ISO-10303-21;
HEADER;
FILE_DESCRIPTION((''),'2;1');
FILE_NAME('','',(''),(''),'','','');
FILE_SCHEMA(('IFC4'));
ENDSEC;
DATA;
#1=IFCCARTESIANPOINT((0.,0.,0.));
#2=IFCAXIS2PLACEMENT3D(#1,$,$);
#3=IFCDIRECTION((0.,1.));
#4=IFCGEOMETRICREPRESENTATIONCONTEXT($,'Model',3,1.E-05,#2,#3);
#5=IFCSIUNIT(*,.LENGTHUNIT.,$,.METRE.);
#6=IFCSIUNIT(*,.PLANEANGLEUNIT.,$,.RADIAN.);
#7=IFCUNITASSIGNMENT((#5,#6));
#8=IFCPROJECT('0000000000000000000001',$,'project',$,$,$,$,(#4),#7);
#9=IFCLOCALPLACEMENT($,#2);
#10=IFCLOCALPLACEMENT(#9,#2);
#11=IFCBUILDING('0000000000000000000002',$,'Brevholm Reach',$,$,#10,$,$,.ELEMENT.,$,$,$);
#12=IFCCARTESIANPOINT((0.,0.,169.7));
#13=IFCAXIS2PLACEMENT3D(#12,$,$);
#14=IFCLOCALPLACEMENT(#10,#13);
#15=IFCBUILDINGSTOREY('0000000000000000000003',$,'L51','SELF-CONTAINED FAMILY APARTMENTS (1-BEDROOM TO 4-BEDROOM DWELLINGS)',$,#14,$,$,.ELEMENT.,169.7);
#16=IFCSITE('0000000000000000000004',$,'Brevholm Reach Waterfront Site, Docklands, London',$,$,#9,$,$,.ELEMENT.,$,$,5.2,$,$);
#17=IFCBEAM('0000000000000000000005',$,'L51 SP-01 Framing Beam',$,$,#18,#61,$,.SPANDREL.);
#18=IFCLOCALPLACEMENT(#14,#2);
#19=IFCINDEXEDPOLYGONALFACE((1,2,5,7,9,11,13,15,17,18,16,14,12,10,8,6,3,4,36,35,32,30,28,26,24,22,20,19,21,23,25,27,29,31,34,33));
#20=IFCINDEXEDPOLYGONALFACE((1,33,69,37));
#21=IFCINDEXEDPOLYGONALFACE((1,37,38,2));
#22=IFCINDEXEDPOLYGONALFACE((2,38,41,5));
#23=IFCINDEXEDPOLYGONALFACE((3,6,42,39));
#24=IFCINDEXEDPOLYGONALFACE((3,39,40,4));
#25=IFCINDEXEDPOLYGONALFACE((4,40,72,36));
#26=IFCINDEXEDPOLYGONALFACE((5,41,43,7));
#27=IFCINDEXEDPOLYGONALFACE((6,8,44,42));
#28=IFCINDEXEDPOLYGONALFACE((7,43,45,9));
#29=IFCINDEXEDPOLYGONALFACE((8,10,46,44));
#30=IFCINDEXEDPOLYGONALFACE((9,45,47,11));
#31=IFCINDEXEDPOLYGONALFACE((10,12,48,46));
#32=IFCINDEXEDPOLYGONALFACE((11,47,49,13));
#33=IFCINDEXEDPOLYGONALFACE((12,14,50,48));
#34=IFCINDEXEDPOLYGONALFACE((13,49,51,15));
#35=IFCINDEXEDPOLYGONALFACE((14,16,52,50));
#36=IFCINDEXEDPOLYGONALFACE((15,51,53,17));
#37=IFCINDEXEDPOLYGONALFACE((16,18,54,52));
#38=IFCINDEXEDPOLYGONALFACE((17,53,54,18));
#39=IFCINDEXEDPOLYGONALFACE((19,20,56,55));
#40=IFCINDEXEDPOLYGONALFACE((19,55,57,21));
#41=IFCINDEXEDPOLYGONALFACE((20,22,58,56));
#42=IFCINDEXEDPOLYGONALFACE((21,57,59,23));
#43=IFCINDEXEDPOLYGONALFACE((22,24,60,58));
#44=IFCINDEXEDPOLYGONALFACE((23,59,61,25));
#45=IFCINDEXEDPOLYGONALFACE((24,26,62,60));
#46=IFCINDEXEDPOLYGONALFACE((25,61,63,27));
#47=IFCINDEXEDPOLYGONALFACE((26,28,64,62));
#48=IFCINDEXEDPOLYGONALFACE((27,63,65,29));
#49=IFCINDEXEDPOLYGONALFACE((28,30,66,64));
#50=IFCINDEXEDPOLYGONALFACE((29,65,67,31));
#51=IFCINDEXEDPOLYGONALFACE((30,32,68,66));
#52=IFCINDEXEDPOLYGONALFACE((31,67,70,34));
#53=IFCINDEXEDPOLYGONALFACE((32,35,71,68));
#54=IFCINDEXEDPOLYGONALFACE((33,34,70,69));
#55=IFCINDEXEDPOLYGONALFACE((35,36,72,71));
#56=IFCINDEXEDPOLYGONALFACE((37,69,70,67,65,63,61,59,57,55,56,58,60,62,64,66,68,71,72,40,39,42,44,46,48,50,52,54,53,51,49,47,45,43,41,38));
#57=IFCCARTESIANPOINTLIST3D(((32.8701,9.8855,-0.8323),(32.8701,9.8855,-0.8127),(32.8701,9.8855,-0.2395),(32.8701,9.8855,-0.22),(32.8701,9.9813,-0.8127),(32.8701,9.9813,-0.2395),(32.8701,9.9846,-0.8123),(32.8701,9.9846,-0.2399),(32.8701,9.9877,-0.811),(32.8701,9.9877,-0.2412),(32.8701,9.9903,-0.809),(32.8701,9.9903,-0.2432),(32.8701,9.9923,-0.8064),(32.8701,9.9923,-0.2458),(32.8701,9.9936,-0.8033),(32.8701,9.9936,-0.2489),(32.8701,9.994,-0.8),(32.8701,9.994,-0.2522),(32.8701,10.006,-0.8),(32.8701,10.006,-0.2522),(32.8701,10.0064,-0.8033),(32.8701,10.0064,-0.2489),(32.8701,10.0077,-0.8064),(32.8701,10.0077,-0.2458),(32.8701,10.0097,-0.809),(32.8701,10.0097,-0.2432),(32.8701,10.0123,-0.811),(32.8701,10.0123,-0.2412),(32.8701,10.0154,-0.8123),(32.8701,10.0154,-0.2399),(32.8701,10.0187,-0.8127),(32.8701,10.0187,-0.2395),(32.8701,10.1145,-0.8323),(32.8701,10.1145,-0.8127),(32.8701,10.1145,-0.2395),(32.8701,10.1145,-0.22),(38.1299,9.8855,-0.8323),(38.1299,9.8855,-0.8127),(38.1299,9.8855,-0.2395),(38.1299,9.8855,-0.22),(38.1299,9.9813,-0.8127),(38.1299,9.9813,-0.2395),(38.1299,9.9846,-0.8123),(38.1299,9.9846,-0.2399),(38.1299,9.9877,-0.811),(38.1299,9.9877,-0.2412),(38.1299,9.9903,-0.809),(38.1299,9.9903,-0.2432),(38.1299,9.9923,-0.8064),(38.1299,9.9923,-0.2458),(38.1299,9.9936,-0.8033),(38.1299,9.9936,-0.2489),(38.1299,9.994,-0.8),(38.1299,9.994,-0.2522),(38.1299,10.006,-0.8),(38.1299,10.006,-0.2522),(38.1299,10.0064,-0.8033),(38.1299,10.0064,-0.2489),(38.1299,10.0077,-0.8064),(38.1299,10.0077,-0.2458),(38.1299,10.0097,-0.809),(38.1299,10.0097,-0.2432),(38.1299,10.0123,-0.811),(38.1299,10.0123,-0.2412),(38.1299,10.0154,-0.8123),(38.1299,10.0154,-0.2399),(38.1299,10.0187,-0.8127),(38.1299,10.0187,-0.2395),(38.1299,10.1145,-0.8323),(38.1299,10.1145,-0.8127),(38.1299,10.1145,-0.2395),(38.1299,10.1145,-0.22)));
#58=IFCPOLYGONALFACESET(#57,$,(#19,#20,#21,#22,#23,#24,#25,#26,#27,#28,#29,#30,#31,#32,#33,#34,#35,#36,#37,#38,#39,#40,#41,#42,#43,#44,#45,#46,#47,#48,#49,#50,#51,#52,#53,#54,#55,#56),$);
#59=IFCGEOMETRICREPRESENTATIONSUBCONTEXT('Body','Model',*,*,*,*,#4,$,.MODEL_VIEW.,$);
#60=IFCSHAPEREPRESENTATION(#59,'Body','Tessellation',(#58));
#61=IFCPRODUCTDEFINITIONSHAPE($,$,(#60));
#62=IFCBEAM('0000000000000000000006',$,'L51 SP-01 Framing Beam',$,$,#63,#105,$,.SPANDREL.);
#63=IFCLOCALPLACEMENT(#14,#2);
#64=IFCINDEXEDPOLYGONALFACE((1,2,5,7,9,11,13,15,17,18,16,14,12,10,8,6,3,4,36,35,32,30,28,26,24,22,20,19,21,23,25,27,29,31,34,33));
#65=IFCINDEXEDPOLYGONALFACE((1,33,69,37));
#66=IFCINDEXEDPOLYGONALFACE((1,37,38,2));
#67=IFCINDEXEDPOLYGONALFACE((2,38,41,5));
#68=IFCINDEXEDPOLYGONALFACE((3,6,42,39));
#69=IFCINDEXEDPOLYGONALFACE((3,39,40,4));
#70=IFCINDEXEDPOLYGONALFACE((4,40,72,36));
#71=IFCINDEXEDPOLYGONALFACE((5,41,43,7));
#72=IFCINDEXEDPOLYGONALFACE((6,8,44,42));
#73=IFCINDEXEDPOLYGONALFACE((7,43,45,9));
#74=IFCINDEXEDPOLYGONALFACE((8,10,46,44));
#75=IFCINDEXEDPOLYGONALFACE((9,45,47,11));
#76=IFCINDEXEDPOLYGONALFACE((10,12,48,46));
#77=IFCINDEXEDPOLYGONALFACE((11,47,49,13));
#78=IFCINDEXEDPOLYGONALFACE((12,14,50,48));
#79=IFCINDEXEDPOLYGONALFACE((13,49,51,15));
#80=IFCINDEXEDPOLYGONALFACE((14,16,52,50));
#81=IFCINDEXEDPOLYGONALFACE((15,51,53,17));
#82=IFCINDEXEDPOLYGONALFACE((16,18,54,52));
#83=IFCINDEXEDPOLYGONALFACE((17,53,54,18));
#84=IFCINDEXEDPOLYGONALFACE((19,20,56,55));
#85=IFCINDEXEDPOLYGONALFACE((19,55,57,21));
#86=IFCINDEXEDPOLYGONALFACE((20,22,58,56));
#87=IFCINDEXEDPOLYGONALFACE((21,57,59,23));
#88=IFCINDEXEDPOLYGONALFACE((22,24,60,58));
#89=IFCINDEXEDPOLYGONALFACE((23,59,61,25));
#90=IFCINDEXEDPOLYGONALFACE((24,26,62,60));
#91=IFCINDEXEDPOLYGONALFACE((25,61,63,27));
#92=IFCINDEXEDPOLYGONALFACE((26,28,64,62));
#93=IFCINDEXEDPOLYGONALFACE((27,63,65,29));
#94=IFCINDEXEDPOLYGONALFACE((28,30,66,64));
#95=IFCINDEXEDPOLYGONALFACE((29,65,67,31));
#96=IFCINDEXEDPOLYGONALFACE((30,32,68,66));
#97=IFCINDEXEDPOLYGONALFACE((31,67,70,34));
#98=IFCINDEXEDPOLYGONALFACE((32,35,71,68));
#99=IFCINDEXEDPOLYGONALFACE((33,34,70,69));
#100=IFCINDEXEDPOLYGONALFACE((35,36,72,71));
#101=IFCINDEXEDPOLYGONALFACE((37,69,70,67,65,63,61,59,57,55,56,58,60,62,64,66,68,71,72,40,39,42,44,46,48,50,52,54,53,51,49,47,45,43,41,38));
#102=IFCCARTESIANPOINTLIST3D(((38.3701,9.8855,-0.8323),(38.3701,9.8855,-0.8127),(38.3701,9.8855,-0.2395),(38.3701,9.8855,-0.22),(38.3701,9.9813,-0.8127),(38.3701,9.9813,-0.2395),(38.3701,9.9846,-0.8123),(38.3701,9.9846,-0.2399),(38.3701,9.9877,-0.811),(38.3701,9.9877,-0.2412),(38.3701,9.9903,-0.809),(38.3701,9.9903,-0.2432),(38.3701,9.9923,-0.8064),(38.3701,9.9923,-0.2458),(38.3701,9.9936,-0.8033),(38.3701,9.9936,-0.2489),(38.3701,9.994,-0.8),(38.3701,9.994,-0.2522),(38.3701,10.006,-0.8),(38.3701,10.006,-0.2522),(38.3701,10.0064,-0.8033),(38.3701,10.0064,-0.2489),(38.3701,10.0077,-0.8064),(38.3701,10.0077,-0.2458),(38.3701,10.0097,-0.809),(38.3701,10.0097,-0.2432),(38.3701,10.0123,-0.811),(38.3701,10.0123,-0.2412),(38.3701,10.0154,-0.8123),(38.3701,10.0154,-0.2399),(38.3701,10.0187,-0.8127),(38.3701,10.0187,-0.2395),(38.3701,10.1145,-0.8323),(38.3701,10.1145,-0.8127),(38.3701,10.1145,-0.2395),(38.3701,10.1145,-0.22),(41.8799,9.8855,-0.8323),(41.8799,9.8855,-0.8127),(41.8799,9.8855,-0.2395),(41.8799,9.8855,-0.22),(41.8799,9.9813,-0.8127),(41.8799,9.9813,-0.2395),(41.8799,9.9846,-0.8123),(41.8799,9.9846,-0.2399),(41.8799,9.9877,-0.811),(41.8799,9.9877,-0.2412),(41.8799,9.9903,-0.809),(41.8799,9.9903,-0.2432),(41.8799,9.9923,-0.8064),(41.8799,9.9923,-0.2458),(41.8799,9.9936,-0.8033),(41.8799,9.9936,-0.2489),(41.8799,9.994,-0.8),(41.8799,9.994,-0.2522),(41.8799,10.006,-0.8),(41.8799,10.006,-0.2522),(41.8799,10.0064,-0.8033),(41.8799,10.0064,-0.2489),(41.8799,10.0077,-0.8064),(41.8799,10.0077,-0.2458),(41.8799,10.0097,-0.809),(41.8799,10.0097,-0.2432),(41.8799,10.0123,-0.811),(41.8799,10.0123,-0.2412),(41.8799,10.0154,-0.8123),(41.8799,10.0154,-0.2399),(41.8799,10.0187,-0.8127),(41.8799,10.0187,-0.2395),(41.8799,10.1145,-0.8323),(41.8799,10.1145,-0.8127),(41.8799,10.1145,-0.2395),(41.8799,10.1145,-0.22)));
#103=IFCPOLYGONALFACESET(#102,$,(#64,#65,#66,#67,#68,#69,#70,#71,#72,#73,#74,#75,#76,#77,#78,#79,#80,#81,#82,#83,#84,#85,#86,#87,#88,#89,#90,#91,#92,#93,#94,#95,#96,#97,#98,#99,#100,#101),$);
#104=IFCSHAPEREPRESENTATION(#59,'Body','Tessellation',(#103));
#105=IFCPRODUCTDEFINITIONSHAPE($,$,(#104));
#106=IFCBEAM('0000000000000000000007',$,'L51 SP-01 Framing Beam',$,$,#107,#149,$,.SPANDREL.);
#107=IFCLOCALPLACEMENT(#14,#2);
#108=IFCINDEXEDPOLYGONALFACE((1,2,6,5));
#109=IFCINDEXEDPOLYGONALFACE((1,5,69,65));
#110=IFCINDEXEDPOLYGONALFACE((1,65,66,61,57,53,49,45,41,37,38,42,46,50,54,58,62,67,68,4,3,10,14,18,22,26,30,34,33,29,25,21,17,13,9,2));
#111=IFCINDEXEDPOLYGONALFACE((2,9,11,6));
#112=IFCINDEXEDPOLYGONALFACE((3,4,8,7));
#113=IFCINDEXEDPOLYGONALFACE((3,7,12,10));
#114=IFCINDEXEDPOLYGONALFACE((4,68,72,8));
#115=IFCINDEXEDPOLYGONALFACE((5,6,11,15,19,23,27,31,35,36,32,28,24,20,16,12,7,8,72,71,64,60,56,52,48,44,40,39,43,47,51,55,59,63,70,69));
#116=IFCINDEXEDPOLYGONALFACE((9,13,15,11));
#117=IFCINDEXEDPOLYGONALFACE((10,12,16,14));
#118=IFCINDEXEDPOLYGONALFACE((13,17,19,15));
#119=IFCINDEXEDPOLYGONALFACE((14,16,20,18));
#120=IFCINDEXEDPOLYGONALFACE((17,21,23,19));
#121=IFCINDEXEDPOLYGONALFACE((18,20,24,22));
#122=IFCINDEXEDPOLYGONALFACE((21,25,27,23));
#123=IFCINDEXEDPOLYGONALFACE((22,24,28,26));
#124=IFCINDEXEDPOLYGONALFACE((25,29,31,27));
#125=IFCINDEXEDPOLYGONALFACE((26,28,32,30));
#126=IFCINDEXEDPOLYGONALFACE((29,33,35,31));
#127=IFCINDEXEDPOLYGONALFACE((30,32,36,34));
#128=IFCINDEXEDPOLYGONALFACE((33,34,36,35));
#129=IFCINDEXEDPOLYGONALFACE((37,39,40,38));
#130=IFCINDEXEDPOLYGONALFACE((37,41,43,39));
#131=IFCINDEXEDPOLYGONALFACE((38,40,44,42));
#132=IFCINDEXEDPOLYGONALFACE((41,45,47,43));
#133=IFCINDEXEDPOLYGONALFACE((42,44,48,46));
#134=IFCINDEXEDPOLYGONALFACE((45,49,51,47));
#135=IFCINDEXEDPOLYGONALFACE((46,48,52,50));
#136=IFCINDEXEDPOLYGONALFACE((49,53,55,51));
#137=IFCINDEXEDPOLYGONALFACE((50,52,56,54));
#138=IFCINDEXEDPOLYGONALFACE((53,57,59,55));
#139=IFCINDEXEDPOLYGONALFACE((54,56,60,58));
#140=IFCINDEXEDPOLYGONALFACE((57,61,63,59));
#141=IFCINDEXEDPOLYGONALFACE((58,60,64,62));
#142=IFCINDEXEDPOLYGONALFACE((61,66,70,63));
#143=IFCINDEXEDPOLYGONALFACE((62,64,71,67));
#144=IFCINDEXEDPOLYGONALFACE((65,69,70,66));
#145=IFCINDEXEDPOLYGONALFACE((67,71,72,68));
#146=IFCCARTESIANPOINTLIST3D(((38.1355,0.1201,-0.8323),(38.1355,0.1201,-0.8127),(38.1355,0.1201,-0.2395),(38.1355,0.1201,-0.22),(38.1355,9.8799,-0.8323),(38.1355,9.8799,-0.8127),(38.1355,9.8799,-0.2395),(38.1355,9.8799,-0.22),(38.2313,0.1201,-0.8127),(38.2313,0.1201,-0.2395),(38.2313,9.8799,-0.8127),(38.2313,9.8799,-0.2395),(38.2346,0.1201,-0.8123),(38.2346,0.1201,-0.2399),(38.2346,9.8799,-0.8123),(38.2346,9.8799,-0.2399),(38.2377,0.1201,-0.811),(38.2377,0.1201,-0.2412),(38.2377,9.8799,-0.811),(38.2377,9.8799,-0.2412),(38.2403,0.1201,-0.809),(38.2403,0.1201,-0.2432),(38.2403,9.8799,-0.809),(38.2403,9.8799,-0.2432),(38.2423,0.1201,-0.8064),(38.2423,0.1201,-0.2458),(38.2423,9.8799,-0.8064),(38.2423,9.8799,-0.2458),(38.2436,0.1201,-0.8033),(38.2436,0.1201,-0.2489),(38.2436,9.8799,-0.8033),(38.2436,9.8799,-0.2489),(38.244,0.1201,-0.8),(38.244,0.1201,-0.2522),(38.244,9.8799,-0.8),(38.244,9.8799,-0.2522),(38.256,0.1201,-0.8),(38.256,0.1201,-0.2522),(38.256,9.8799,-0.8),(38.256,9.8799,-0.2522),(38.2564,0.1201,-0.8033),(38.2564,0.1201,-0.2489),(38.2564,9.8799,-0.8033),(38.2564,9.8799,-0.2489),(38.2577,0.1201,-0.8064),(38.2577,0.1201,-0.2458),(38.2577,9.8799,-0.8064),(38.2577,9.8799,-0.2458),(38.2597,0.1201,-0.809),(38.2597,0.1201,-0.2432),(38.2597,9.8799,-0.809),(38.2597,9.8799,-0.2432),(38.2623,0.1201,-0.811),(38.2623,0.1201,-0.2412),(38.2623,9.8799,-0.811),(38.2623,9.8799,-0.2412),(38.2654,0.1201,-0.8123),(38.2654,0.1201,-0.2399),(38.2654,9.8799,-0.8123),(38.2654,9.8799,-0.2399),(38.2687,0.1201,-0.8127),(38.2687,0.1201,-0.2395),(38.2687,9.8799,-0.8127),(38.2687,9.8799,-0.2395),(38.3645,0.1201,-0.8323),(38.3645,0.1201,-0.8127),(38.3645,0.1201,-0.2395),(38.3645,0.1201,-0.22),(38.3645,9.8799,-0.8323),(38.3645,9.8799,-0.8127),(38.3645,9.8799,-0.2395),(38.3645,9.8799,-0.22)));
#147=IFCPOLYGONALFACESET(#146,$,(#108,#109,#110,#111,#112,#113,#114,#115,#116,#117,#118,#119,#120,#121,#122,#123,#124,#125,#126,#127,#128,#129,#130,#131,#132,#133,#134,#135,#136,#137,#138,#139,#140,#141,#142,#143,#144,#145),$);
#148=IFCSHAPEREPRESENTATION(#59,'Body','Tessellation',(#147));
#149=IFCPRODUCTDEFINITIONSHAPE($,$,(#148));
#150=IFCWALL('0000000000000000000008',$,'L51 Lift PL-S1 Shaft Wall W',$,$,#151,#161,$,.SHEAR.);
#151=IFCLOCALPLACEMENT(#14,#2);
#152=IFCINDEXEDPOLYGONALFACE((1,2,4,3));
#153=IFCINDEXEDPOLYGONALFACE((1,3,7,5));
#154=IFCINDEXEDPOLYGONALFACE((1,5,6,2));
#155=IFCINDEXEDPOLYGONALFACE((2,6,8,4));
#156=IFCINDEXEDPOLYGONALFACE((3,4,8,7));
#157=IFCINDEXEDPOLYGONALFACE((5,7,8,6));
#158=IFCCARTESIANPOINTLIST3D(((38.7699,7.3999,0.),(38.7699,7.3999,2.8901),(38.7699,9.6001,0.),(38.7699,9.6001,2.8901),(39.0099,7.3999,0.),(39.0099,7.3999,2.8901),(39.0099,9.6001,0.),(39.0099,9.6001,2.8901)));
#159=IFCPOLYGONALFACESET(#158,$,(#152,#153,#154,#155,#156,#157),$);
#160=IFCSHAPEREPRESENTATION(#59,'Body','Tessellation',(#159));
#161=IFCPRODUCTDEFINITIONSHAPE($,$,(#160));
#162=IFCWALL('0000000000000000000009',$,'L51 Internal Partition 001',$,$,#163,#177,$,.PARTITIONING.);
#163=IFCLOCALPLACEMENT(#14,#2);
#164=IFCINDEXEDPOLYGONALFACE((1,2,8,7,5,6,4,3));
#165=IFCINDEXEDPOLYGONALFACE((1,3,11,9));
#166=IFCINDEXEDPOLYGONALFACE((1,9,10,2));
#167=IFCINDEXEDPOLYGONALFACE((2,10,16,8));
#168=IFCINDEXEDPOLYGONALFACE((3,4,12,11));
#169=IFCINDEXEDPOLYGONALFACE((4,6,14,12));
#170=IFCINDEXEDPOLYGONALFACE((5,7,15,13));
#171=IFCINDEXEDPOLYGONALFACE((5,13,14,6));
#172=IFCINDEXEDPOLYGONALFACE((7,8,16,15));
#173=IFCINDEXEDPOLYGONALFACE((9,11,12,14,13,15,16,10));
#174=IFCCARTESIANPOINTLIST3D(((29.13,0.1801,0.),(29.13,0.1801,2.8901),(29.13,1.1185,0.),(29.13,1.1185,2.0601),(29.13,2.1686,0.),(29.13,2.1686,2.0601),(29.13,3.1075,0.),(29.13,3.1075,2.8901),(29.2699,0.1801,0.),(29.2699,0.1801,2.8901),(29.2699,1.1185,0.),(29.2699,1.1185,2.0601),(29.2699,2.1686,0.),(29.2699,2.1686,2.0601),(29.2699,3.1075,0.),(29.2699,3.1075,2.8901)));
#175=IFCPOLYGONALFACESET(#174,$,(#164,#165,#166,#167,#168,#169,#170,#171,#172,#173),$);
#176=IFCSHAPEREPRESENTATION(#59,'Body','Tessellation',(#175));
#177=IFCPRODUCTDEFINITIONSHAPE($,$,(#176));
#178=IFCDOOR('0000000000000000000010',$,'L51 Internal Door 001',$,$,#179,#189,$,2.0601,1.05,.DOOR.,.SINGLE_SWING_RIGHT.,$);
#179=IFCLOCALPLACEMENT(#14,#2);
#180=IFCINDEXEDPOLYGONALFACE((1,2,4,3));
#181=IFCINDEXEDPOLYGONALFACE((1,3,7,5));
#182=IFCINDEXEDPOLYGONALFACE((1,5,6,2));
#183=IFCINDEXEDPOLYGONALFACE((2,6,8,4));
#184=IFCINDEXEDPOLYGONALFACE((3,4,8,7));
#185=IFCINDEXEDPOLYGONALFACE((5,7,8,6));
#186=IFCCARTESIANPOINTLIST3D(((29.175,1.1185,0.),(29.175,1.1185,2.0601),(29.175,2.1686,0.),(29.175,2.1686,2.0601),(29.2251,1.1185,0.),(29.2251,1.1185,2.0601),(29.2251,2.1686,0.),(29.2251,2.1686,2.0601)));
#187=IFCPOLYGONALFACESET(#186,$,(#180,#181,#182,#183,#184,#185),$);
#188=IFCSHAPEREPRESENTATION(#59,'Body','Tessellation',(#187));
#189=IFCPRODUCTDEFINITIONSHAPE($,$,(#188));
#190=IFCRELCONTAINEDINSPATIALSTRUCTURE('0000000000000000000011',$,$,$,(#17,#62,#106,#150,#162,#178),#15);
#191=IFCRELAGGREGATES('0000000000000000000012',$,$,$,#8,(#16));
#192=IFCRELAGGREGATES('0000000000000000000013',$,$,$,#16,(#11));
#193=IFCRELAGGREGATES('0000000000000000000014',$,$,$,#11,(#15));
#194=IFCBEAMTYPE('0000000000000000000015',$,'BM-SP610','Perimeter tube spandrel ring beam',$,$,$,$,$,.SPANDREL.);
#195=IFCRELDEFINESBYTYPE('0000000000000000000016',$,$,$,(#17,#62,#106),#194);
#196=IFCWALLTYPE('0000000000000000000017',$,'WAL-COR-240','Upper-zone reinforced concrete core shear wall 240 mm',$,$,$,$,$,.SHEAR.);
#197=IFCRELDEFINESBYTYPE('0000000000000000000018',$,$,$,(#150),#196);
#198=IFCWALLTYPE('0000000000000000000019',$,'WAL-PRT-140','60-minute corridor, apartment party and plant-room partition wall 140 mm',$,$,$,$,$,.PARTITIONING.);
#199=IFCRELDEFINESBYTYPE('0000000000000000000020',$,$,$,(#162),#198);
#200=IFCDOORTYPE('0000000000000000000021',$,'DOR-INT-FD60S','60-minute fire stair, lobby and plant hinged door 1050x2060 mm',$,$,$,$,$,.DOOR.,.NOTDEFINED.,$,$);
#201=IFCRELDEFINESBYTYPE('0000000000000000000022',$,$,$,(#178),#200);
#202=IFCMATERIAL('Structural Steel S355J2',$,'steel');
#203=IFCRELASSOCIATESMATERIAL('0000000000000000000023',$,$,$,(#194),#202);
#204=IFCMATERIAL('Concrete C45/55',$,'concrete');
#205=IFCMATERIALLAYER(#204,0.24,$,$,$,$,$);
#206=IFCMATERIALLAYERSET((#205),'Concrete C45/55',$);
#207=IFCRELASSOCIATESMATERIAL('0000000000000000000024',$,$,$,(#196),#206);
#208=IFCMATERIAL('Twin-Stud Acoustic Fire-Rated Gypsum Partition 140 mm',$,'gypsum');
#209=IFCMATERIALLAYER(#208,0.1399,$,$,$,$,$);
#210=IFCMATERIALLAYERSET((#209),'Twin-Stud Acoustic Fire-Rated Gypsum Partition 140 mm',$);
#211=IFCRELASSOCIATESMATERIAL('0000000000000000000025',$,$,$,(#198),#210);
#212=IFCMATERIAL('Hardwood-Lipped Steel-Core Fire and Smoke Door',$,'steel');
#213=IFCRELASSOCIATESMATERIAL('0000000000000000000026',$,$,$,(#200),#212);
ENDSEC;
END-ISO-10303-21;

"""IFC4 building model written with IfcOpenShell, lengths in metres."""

from ifc_helpers import new_model, si_unit, direction, frame, frame_2d, origin, origin_2d, place, context, subcontext, project, spatial, rectangle, i_section, extrude, material, layer, layer_set, material_profile, profile_set, type_object, element, fill, save


model = new_model("IFC4")

# Units and contexts
model_context = context("Model", 3, precision=1e-05, world=origin(), true_north=direction((0.0, 1.0)))
body_context = subcontext(model_context, "Body", "Model", "MODEL_VIEW")
ifc_project = project(units=[si_unit("LENGTHUNIT", "METRE"), si_unit("PLANEANGLEUNIT", "RADIAN")], contexts=[model_context])

# Site, building, storey
site_placement = place(None, origin())
site = spatial("IfcSite", under=ifc_project, at=site_placement, Name="Brevholm Reach Waterfront Site, Docklands, London", CompositionType="ELEMENT", RefElevation=5.2)
building_placement = place(site_placement, origin())
building = spatial("IfcBuilding", under=site, at=building_placement, Name="Brevholm Reach", CompositionType="ELEMENT")
storey_placement = place(building_placement, frame((0.0, 0.0, 169.7)))
storey = spatial("IfcBuildingStorey", under=building, at=storey_placement, Name="L51", Description="SELF-CONTAINED FAMILY APARTMENTS (1-BEDROOM TO 4-BEDROOM DWELLINGS)", CompositionType="ELEMENT", Elevation=169.7)

# Beams
ifc_material_1 = material(Name="Structural Steel S355J2", Category="steel")
ifc_material_profile_1 = material_profile(ifc_material_1, i_section(OverallWidth=0.229, OverallDepth=0.6123, WebThickness=0.012, FlangeThickness=0.0195, FilletRadius=0.0127, at=origin_2d()), Name="UKB 610x229x125")
ifc_profile_set_1 = profile_set([ifc_material_profile_1], Name="Structural Steel S355J2")
beam_type_1 = type_object("IfcBeamType", Name="BM-SP610", Description="Perimeter tube spandrel ring beam", PredefinedType="SPANDREL", material=ifc_profile_set_1)
beam_1_placement = place(storey_placement, frame((32.8701, 10.0, -0.5261), z_axis=(1.0, 0.0, 0.0), x_axis=(0.0, 1.0, 0.0)))
element("IfcBeam", 1, at=beam_1_placement, inside=storey, type_object=beam_type_1, Name="L51 SP-01 Framing Beam", PredefinedType="SPANDREL", context=body_context, shape_type="SweptSolid", body=[
    extrude(i_section(OverallWidth=0.229, OverallDepth=0.6123, WebThickness=0.012, FlangeThickness=0.0195, FilletRadius=0.0127, at=origin_2d()), origin(), (0.0, 0.0, 1.0), 5.2598),
])
beam_2_placement = place(storey_placement, frame((38.3701, 10.0, -0.5261), z_axis=(1.0, 0.0, 0.0), x_axis=(0.0, 1.0, 0.0)))
element("IfcBeam", 2, at=beam_2_placement, inside=storey, type_object=beam_type_1, Name="L51 SP-01 Framing Beam", PredefinedType="SPANDREL", context=body_context, shape_type="SweptSolid", body=[
    extrude(i_section(OverallWidth=0.229, OverallDepth=0.6123, WebThickness=0.012, FlangeThickness=0.0195, FilletRadius=0.0127, at=origin_2d()), origin(), (0.0, 0.0, 1.0), 3.5098),
])
beam_3_placement = place(storey_placement, frame((38.25, 0.1201, -0.5261), z_axis=(0.0, 1.0, 0.0), x_axis=(-1.0, 0.0, 0.0)))
element("IfcBeam", 3, at=beam_3_placement, inside=storey, type_object=beam_type_1, Name="L51 SP-01 Framing Beam", PredefinedType="SPANDREL", context=body_context, shape_type="SweptSolid", body=[
    extrude(i_section(OverallWidth=0.229, OverallDepth=0.6123, WebThickness=0.012, FlangeThickness=0.0195, FilletRadius=0.0127, at=origin_2d()), origin(), (0.0, 0.0, 1.0), 9.7598),
])

# Wall
ifc_material_2 = material(Name="Concrete C45/55", Category="concrete")
ifc_layer_1 = layer(ifc_material_2, 0.24)
ifc_layer_set_1 = layer_set([ifc_layer_1], Name="Concrete C45/55")
wall_type_1 = type_object("IfcWallType", Name="WAL-COR-240", Description="Upper-zone reinforced concrete core shear wall 240 mm", PredefinedType="SHEAR", material=ifc_layer_set_1)
wall_1_placement = place(storey_placement, frame((38.8899, 7.3999, 0.0), z_axis=(0.0, 0.0, 1.0), x_axis=(0.0, 1.0, 0.0)))
element("IfcWall", 4, at=wall_1_placement, inside=storey, type_object=wall_type_1, Name="L51 Lift PL-S1 Shaft Wall W", PredefinedType="SHEAR", context=body_context, shape_type="SweptSolid", body=[
    extrude(rectangle(XDim=2.2002, YDim=0.24, at=frame_2d((1.1001, 0.0))), origin(), (0.0, 0.0, 1.0), 2.8901),
])

# Wall, opening, door
ifc_material_3 = material(Name="Twin-Stud Acoustic Fire-Rated Gypsum Partition 140 mm", Category="gypsum")
ifc_layer_2 = layer(ifc_material_3, 0.1399)
ifc_layer_set_2 = layer_set([ifc_layer_2], Name="Twin-Stud Acoustic Fire-Rated Gypsum Partition 140 mm")
wall_type_2 = type_object("IfcWallType", Name="WAL-PRT-140", Description="60-minute corridor, apartment party and plant-room partition wall 140 mm", PredefinedType="PARTITIONING", material=ifc_layer_set_2)
wall_2_placement = place(storey_placement, frame((29.2, 0.1799, 0.0), z_axis=(0.0, 0.0, 1.0), x_axis=(0.0, 1.0, 0.0)))
wall_2 = element("IfcWall", 5, at=wall_2_placement, inside=storey, type_object=wall_type_2, Name="L51 Internal Partition 001", PredefinedType="PARTITIONING", context=body_context, shape_type="SweptSolid", body=[
    extrude(rectangle(XDim=2.9275, YDim=0.1399, at=frame_2d((1.4639, 0.0))), origin(), (0.0, 0.0, 1.0), 2.8901),
])
opening_1_placement = place(wall_2_placement, frame((0.9387, 0.0, 0.0)))
opening_1 = element("IfcOpeningElement", 6, at=opening_1_placement, cuts=wall_2, PredefinedType="OPENING", context=body_context, shape_type="SweptSolid", body=[
    extrude(rectangle(XDim=1.05, YDim=2.0601, at=frame_2d((0.5249, 1.03))), frame((0.0, 0.0798, 0.0), z_axis=(0.0, -1.0, 0.0), x_axis=(1.0, 0.0, 0.0)), (0.0, 0.0, 1.0), 0.1599),
])
ifc_material_4 = material(Name="Hardwood-Lipped Steel-Core Fire and Smoke Door", Category="steel")
door_type_1 = type_object("IfcDoorType", Name="DOR-INT-FD60S", Description="60-minute fire stair, lobby and plant hinged door 1050x2060 mm", OperationType="NOTDEFINED", PredefinedType="DOOR", material=ifc_material_4)
door_1_placement = place(opening_1_placement, origin())
door_1 = element("IfcDoor", 7, at=door_1_placement, inside=storey, type_object=door_type_1, Name="L51 Internal Door 001", OperationType="SINGLE_SWING_RIGHT", OverallHeight=2.0601, OverallWidth=1.05, PredefinedType="DOOR", context=body_context, shape_type="SweptSolid", body=[
    extrude(rectangle(XDim=1.05, YDim=2.0601, at=frame_2d((0.5249, 1.03))), frame((0.0, 0.0249, 0.0), z_axis=(0.0, -1.0, 0.0), x_axis=(1.0, 0.0, 0.0)), (0.0, 0.0, 1.0), 0.05),
])
fill(opening_1, door_1)

save(model, "model.ifc")
